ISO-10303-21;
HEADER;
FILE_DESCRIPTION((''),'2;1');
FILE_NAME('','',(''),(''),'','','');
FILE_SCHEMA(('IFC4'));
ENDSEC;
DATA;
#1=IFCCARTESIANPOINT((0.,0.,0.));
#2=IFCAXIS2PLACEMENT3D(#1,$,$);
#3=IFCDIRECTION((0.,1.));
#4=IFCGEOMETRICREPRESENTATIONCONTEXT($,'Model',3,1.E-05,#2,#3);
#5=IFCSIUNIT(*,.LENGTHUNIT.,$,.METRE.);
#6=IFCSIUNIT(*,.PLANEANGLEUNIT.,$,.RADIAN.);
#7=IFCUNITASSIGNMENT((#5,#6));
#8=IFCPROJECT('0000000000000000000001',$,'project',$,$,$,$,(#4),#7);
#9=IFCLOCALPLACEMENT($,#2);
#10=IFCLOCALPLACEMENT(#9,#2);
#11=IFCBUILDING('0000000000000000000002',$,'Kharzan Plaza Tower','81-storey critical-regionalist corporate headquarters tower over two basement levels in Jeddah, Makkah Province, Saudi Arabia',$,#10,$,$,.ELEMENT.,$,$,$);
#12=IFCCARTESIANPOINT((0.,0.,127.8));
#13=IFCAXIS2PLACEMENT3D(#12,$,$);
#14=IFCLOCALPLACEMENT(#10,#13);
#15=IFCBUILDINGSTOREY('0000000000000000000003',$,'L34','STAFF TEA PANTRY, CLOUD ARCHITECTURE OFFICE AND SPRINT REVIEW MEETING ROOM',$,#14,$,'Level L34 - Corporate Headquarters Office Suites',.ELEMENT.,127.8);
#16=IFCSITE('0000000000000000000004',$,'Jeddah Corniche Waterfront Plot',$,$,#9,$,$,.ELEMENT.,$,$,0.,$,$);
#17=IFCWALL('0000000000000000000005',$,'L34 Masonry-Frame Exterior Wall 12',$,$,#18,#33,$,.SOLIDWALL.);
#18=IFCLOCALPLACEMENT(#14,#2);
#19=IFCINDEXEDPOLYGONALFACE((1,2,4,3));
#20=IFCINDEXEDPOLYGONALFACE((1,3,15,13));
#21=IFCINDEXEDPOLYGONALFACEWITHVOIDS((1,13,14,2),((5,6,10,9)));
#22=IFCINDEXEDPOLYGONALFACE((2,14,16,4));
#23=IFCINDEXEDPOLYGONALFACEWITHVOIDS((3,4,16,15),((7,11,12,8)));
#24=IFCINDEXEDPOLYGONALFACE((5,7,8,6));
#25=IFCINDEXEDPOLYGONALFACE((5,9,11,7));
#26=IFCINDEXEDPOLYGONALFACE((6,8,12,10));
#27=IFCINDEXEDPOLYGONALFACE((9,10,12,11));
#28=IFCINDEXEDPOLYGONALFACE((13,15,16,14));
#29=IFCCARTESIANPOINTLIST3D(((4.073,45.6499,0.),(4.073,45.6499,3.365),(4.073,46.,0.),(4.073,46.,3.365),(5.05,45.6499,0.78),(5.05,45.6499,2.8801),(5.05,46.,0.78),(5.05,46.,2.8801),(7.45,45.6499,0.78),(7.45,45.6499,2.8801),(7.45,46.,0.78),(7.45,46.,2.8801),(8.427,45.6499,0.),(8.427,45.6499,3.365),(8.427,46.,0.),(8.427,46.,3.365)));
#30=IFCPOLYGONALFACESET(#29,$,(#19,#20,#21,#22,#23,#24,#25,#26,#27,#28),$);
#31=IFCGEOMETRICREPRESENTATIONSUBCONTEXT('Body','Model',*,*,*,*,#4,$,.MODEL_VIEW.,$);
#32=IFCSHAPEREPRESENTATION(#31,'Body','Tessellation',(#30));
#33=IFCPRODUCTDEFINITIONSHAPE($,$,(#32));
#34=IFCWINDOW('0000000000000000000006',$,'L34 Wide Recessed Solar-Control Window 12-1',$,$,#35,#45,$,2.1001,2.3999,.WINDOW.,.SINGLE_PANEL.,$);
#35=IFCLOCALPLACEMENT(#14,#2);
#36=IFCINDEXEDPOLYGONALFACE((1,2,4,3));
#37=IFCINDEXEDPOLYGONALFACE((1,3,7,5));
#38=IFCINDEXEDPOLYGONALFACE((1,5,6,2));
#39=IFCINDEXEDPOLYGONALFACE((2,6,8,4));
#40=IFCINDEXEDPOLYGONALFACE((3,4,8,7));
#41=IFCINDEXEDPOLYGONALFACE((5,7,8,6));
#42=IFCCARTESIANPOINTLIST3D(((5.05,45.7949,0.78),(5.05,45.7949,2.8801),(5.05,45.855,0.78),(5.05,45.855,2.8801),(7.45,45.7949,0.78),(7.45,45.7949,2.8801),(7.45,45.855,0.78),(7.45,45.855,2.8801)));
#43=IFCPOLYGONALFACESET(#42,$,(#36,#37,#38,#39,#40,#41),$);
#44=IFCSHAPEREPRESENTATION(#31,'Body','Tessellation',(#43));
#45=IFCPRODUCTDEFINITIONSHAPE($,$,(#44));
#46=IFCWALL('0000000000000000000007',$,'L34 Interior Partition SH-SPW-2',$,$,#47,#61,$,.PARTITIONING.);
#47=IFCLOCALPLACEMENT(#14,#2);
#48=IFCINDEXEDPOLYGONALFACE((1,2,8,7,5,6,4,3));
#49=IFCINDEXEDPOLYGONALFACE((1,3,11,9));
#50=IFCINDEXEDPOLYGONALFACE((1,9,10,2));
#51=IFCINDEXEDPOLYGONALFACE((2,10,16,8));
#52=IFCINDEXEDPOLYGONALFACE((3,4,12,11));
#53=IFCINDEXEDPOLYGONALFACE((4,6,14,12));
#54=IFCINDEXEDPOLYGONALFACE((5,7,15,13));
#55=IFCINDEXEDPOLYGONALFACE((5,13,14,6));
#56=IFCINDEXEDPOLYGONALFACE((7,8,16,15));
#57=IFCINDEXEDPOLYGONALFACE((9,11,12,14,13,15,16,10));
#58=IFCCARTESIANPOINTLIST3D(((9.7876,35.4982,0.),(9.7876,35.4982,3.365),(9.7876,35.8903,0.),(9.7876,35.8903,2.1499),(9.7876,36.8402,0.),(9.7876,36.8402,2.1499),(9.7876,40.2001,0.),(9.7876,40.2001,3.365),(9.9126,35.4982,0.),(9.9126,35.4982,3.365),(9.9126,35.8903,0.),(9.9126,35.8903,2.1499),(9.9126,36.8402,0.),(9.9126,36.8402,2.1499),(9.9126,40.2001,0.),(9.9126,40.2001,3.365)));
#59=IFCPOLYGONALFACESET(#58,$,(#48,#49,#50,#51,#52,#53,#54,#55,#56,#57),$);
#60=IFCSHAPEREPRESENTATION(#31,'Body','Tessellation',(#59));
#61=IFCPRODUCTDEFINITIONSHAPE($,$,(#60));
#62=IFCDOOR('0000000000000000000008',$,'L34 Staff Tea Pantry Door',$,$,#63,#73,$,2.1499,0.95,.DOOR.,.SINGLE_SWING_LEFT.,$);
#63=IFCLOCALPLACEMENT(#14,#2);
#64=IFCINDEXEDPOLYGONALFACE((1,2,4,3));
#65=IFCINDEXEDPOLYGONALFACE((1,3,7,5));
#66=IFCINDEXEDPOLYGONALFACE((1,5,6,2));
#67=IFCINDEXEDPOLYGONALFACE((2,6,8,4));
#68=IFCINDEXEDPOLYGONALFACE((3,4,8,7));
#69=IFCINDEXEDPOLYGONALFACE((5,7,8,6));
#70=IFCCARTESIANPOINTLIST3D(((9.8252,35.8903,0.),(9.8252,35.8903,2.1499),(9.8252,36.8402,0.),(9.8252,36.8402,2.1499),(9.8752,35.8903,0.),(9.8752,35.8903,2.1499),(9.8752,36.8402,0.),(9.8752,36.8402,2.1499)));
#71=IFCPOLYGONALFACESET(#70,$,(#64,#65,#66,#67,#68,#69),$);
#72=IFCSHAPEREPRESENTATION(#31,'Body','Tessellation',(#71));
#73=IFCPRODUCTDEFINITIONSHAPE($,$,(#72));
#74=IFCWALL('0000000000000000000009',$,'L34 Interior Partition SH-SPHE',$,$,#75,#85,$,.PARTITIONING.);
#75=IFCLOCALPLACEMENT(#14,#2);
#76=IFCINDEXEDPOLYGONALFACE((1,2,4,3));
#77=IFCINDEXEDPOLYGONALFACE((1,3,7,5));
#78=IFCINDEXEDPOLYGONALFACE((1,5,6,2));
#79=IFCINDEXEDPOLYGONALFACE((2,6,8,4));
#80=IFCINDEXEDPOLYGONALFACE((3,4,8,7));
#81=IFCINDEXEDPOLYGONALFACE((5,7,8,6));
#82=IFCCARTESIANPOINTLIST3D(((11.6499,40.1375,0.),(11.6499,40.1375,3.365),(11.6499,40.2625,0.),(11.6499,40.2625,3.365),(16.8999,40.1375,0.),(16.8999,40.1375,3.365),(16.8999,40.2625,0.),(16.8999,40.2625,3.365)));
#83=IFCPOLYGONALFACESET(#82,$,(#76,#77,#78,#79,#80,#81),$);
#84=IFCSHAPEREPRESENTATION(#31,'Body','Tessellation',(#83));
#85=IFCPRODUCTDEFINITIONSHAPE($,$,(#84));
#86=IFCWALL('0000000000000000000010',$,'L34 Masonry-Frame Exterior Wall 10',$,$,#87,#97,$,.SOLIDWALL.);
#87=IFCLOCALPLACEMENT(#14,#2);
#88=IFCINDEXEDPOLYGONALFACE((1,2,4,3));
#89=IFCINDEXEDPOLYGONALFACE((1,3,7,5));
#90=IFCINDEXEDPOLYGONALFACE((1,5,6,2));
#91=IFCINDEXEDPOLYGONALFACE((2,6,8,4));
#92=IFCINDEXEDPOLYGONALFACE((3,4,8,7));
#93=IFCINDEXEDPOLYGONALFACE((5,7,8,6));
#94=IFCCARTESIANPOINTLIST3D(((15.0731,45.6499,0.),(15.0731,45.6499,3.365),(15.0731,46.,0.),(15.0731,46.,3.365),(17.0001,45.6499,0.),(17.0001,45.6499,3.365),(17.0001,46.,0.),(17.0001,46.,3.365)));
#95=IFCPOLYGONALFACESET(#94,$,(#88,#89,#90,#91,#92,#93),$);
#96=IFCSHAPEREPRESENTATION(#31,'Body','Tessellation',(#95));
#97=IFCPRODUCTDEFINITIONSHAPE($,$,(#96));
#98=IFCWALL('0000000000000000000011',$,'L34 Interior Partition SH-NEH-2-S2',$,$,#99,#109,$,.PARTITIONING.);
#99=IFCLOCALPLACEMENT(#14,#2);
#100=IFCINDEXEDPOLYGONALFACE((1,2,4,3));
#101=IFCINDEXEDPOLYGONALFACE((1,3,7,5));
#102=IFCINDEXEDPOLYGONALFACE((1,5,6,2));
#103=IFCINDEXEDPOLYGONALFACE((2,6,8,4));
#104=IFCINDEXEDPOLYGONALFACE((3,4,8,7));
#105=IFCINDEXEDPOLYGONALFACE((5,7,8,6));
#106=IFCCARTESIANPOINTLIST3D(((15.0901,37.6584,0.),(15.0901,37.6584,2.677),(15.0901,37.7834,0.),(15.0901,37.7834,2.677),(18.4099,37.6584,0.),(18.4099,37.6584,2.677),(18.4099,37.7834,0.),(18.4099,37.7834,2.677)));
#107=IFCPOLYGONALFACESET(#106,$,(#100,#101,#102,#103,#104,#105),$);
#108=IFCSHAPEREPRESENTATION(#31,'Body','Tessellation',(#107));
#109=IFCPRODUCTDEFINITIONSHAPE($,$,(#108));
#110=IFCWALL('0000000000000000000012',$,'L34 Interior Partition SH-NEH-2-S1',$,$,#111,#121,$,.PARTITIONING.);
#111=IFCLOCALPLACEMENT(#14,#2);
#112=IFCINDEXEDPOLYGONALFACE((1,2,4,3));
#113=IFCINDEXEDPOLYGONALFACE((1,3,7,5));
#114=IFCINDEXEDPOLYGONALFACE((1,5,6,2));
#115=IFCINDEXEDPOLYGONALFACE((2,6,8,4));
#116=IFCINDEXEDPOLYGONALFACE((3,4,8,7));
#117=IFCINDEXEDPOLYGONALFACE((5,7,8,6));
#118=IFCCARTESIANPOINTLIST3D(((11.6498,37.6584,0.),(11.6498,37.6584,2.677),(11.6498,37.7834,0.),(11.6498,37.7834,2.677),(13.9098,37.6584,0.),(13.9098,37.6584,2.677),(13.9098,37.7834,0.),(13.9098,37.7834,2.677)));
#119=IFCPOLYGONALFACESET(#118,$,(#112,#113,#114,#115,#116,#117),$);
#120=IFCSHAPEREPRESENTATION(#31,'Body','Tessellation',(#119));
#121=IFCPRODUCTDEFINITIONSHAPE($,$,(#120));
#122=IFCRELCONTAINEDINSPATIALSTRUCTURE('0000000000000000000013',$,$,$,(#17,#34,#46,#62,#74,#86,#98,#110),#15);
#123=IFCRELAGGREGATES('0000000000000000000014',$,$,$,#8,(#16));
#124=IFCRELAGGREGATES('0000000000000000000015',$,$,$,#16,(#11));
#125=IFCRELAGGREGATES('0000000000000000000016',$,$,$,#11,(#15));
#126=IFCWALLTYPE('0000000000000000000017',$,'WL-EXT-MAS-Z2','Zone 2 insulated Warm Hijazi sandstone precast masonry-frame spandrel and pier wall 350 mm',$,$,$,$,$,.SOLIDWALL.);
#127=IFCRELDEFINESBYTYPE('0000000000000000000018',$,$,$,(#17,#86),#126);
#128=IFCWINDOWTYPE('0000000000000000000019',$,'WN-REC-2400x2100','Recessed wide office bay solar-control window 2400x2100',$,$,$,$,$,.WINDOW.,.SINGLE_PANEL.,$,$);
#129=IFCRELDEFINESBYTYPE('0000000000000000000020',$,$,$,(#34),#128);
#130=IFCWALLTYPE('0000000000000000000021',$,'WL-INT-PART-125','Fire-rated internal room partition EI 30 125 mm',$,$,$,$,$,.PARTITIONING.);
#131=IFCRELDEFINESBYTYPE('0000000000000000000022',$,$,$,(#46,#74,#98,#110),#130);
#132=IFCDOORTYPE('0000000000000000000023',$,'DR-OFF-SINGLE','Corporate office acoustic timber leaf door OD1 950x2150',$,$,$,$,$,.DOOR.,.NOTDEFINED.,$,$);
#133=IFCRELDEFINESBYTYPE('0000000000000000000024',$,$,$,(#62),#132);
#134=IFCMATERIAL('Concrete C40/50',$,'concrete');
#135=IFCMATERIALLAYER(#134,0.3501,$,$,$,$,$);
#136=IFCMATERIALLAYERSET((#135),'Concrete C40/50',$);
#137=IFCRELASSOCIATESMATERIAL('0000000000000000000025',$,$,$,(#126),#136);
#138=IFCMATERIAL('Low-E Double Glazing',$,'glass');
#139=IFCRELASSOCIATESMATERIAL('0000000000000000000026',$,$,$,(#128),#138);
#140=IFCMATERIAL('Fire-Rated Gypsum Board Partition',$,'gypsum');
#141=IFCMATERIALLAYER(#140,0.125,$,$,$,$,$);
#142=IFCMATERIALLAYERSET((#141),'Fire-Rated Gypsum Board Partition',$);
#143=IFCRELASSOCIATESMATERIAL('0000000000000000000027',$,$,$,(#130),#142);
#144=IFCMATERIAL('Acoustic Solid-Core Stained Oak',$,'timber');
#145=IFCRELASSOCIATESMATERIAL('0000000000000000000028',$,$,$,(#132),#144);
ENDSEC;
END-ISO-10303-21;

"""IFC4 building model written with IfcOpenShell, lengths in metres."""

from ifc_helpers import new_model, si_unit, direction, frame, frame_2d, origin, place, context, subcontext, project, spatial, rectangle, extrude, source, transform, mapped, material, layer, layer_set, type_object, element, fill, save


model = new_model("IFC4")

# Units and contexts
model_context = context("Model", 3, precision=1e-05, world=origin(), true_north=direction((0.0, 1.0)))
body_context = subcontext(model_context, "Body", "Model", "MODEL_VIEW")
ifc_project = project(units=[si_unit("LENGTHUNIT", "METRE"), si_unit("PLANEANGLEUNIT", "RADIAN")], contexts=[model_context])

# Site, building, storey
site_placement = place(None, origin())
site = spatial("IfcSite", under=ifc_project, at=site_placement, Name="Jeddah Corniche Waterfront Plot", CompositionType="ELEMENT", RefElevation=0.0)
building_placement = place(site_placement, origin())
building = spatial("IfcBuilding", under=site, at=building_placement, Name="Kharzan Plaza Tower", Description="81-storey critical-regionalist corporate headquarters tower over two basement levels in Jeddah, Makkah Province, Saudi Arabia", CompositionType="ELEMENT")
storey_placement = place(building_placement, frame((0.0, 0.0, 127.8)))
storey = spatial("IfcBuildingStorey", under=building, at=storey_placement, Name="L34", Description="STAFF TEA PANTRY, CLOUD ARCHITECTURE OFFICE AND SPRINT REVIEW MEETING ROOM", LongName="Level L34 - Corporate Headquarters Office Suites", CompositionType="ELEMENT", Elevation=127.8)

# Wall, opening, window
ifc_material_1 = material(Name="Concrete C40/50", Category="concrete")
ifc_layer_1 = layer(ifc_material_1, 0.3501)
ifc_layer_set_1 = layer_set([ifc_layer_1], Name="Concrete C40/50")
wall_type_1 = type_object("IfcWallType", Name="WL-EXT-MAS-Z2", Description="Zone 2 insulated Warm Hijazi sandstone precast masonry-frame spandrel and pier wall 350 mm", PredefinedType="SOLIDWALL", material=ifc_layer_set_1)
ifc_material_2 = material(Name="Low-E Double Glazing", Category="glass")
window_type_1 = type_object("IfcWindowType", Name="WN-REC-2400x2100", Description="Recessed wide office bay solar-control window 2400x2100", PartitioningType="SINGLE_PANEL", PredefinedType="WINDOW", material=ifc_material_2)
shared_shape_1 = source(origin(), body_context, "Body", "SweptSolid", [
    extrude(rectangle(XDim=2.3999, YDim=2.1001, at=frame_2d((1.2, 1.05))), frame((0.0, 0.03, 0.0), z_axis=(0.0, -1.0, 0.0), x_axis=(1.0, 0.0, 0.0)), (0.0, 0.0, 1.0), 0.0601),
])
wall_1_placement = place(storey_placement, frame((8.427, 45.825, 0.0), z_axis=(0.0, 0.0, 1.0), x_axis=(-1.0, 0.0, 0.0)))
wall_1 = element("IfcWall", 1, at=wall_1_placement, inside=storey, type_object=wall_type_1, Name="L34 Masonry-Frame Exterior Wall 12", PredefinedType="SOLIDWALL", context=body_context, shape_type="SweptSolid", body=[
    extrude(rectangle(XDim=4.354, YDim=0.3501, at=frame_2d((2.177, 0.0))), origin(), (0.0, 0.0, 1.0), 3.365),
])
opening_1_placement = place(wall_1_placement, frame((0.9771, 0.0, 0.78)))
opening_1 = element("IfcOpeningElement", 2, at=opening_1_placement, cuts=wall_1, PredefinedType="OPENING", context=body_context, shape_type="SweptSolid", body=[
    extrude(rectangle(XDim=2.3999, YDim=2.1001, at=frame_2d((1.2, 1.05))), frame((0.0, 0.1851, 0.0), z_axis=(0.0, -1.0, 0.0), x_axis=(1.0, 0.0, 0.0)), (0.0, 0.0, 1.0), 0.3701),
])
window_1_placement = place(opening_1_placement, origin())
window_1 = element("IfcWindow", 3, at=window_1_placement, inside=storey, type_object=window_type_1, Name="L34 Wide Recessed Solar-Control Window 12-1", OverallHeight=2.1001, OverallWidth=2.3999, PartitioningType="SINGLE_PANEL", PredefinedType="WINDOW", context=body_context, shape_type="MappedRepresentation", body=[
    mapped(shared_shape_1, transform((0.0, 0.0, 0.0), x_axis=(1.0, 0.0, 0.0), y_axis=(0.0, 1.0, 0.0), z_axis=(0.0, 0.0, 1.0))),
])
fill(opening_1, window_1)

# Wall, opening, door
ifc_material_3 = material(Name="Fire-Rated Gypsum Board Partition", Category="gypsum")
ifc_layer_2 = layer(ifc_material_3, 0.125)
ifc_layer_set_2 = layer_set([ifc_layer_2], Name="Fire-Rated Gypsum Board Partition")
wall_type_2 = type_object("IfcWallType", Name="WL-INT-PART-125", Description="Fire-rated internal room partition EI 30 125 mm", PredefinedType="PARTITIONING", material=ifc_layer_set_2)
ifc_material_4 = material(Name="Acoustic Solid-Core Stained Oak", Category="timber")
door_type = type_object("IfcDoorType", Name="DR-OFF-SINGLE", Description="Corporate office acoustic timber leaf door OD1 950x2150", OperationType="NOTDEFINED", PredefinedType="DOOR", material=ifc_material_4)
shared_shape_2 = source(origin(), body_context, "Body", "SweptSolid", [
    extrude(rectangle(XDim=0.95, YDim=2.1499, at=frame_2d((0.4751, 1.075))), frame((0.0, 0.0249, 0.0), z_axis=(0.0, -1.0, 0.0), x_axis=(1.0, 0.0, 0.0)), (0.0, 0.0, 1.0), 0.05),
])
wall_2_placement = place(storey_placement, frame((9.8501, 35.498, 0.0), z_axis=(0.0, 0.0, 1.0), x_axis=(0.0, 1.0, 0.0)))
wall_2 = element("IfcWall", 4, at=wall_2_placement, inside=storey, type_object=wall_type_2, Name="L34 Interior Partition SH-SPW-2", PredefinedType="PARTITIONING", context=body_context, shape_type="SweptSolid", body=[
    extrude(rectangle(XDim=4.7019, YDim=0.125, at=frame_2d((2.3511, 0.0))), origin(), (0.0, 0.0, 1.0), 3.365),
])
opening_2_placement = place(wall_2_placement, frame((0.3921, 0.0, 0.0)))
opening_2 = element("IfcOpeningElement", 5, at=opening_2_placement, cuts=wall_2, PredefinedType="OPENING", context=body_context, shape_type="SweptSolid", body=[
    extrude(rectangle(XDim=0.95, YDim=2.1499, at=frame_2d((0.4751, 1.075))), frame((0.0, 0.0725, 0.0), z_axis=(0.0, -1.0, 0.0), x_axis=(1.0, 0.0, 0.0)), (0.0, 0.0, 1.0), 0.145),
])
door_1_placement = place(opening_2_placement, origin())
door_1 = element("IfcDoor", 6, at=door_1_placement, inside=storey, type_object=door_type, Name="L34 Staff Tea Pantry Door", OperationType="SINGLE_SWING_LEFT", OverallHeight=2.1499, OverallWidth=0.95, PredefinedType="DOOR", context=body_context, shape_type="MappedRepresentation", body=[
    mapped(shared_shape_2, transform((0.0, 0.0, 0.0), x_axis=(1.0, 0.0, 0.0), y_axis=(0.0, 1.0, 0.0), z_axis=(0.0, 0.0, 1.0))),
])
fill(opening_2, door_1)

# Walls
shared_shape_3 = source(origin(), body_context, "Body", "SweptSolid", [
    extrude(rectangle(XDim=5.25, YDim=0.125, at=frame_2d((2.625, 0.0))), origin(), (0.0, 0.0, 1.0), 3.365),
])
wall_3_placement = place(storey_placement, frame((11.6499, 40.2, 0.0), z_axis=(0.0, 0.0, 1.0), x_axis=(1.0, 0.0, 0.0)))
element("IfcWall", 7, at=wall_3_placement, inside=storey, type_object=wall_type_2, Name="L34 Interior Partition SH-SPHE", PredefinedType="PARTITIONING", context=body_context, shape_type="MappedRepresentation", body=[
    mapped(shared_shape_3, transform((0.0, 0.0, 0.0), x_axis=(1.0, 0.0, 0.0), y_axis=(0.0, 1.0, 0.0), z_axis=(0.0, 0.0, 1.0))),
])
shared_shape_4 = source(origin(), body_context, "Body", "SweptSolid", [
    extrude(rectangle(XDim=1.927, YDim=0.3501, at=frame_2d((0.9634, 0.0))), origin(), (0.0, 0.0, 1.0), 3.365),
])
wall_4_placement = place(storey_placement, frame((17.0, 45.825, 0.0), z_axis=(0.0, 0.0, 1.0), x_axis=(-1.0, 0.0, 0.0)))
element("IfcWall", 8, at=wall_4_placement, inside=storey, type_object=wall_type_1, Name="L34 Masonry-Frame Exterior Wall 10", PredefinedType="SOLIDWALL", context=body_context, shape_type="MappedRepresentation", body=[
    mapped(shared_shape_4, transform((0.0, 0.0, 0.0), x_axis=(1.0, 0.0, 0.0), y_axis=(0.0, 1.0, 0.0), z_axis=(0.0, 0.0, 1.0))),
])
shared_shape_5 = source(origin(), body_context, "Body", "SweptSolid", [
    extrude(rectangle(XDim=3.3198, YDim=0.125, at=frame_2d((1.6599, 0.0))), origin(), (0.0, 0.0, 1.0), 2.677),
])
wall_5_placement = place(storey_placement, frame((15.0901, 37.7209, 0.0), z_axis=(0.0, 0.0, 1.0), x_axis=(1.0, 0.0, 0.0)))
element("IfcWall", 9, at=wall_5_placement, inside=storey, type_object=wall_type_2, Name="L34 Interior Partition SH-NEH-2-S2", PredefinedType="PARTITIONING", context=body_context, shape_type="MappedRepresentation", body=[
    mapped(shared_shape_5, transform((0.0, 0.0, 0.0), x_axis=(1.0, 0.0, 0.0), y_axis=(0.0, 1.0, 0.0), z_axis=(0.0, 0.0, 1.0))),
])
shared_shape_6 = source(origin(), body_context, "Body", "SweptSolid", [
    extrude(rectangle(XDim=2.26, YDim=0.125, at=frame_2d((1.1299, 0.0))), origin(), (0.0, 0.0, 1.0), 2.677),
])
wall_6_placement = place(storey_placement, frame((11.6499, 37.7209, 0.0), z_axis=(0.0, 0.0, 1.0), x_axis=(1.0, 0.0, 0.0)))
element("IfcWall", 10, at=wall_6_placement, inside=storey, type_object=wall_type_2, Name="L34 Interior Partition SH-NEH-2-S1", PredefinedType="PARTITIONING", context=body_context, shape_type="MappedRepresentation", body=[
    mapped(shared_shape_6, transform((0.0, 0.0, 0.0), x_axis=(1.0, 0.0, 0.0), y_axis=(0.0, 1.0, 0.0), z_axis=(0.0, 0.0, 1.0))),
])

save(model, "model.ifc")
